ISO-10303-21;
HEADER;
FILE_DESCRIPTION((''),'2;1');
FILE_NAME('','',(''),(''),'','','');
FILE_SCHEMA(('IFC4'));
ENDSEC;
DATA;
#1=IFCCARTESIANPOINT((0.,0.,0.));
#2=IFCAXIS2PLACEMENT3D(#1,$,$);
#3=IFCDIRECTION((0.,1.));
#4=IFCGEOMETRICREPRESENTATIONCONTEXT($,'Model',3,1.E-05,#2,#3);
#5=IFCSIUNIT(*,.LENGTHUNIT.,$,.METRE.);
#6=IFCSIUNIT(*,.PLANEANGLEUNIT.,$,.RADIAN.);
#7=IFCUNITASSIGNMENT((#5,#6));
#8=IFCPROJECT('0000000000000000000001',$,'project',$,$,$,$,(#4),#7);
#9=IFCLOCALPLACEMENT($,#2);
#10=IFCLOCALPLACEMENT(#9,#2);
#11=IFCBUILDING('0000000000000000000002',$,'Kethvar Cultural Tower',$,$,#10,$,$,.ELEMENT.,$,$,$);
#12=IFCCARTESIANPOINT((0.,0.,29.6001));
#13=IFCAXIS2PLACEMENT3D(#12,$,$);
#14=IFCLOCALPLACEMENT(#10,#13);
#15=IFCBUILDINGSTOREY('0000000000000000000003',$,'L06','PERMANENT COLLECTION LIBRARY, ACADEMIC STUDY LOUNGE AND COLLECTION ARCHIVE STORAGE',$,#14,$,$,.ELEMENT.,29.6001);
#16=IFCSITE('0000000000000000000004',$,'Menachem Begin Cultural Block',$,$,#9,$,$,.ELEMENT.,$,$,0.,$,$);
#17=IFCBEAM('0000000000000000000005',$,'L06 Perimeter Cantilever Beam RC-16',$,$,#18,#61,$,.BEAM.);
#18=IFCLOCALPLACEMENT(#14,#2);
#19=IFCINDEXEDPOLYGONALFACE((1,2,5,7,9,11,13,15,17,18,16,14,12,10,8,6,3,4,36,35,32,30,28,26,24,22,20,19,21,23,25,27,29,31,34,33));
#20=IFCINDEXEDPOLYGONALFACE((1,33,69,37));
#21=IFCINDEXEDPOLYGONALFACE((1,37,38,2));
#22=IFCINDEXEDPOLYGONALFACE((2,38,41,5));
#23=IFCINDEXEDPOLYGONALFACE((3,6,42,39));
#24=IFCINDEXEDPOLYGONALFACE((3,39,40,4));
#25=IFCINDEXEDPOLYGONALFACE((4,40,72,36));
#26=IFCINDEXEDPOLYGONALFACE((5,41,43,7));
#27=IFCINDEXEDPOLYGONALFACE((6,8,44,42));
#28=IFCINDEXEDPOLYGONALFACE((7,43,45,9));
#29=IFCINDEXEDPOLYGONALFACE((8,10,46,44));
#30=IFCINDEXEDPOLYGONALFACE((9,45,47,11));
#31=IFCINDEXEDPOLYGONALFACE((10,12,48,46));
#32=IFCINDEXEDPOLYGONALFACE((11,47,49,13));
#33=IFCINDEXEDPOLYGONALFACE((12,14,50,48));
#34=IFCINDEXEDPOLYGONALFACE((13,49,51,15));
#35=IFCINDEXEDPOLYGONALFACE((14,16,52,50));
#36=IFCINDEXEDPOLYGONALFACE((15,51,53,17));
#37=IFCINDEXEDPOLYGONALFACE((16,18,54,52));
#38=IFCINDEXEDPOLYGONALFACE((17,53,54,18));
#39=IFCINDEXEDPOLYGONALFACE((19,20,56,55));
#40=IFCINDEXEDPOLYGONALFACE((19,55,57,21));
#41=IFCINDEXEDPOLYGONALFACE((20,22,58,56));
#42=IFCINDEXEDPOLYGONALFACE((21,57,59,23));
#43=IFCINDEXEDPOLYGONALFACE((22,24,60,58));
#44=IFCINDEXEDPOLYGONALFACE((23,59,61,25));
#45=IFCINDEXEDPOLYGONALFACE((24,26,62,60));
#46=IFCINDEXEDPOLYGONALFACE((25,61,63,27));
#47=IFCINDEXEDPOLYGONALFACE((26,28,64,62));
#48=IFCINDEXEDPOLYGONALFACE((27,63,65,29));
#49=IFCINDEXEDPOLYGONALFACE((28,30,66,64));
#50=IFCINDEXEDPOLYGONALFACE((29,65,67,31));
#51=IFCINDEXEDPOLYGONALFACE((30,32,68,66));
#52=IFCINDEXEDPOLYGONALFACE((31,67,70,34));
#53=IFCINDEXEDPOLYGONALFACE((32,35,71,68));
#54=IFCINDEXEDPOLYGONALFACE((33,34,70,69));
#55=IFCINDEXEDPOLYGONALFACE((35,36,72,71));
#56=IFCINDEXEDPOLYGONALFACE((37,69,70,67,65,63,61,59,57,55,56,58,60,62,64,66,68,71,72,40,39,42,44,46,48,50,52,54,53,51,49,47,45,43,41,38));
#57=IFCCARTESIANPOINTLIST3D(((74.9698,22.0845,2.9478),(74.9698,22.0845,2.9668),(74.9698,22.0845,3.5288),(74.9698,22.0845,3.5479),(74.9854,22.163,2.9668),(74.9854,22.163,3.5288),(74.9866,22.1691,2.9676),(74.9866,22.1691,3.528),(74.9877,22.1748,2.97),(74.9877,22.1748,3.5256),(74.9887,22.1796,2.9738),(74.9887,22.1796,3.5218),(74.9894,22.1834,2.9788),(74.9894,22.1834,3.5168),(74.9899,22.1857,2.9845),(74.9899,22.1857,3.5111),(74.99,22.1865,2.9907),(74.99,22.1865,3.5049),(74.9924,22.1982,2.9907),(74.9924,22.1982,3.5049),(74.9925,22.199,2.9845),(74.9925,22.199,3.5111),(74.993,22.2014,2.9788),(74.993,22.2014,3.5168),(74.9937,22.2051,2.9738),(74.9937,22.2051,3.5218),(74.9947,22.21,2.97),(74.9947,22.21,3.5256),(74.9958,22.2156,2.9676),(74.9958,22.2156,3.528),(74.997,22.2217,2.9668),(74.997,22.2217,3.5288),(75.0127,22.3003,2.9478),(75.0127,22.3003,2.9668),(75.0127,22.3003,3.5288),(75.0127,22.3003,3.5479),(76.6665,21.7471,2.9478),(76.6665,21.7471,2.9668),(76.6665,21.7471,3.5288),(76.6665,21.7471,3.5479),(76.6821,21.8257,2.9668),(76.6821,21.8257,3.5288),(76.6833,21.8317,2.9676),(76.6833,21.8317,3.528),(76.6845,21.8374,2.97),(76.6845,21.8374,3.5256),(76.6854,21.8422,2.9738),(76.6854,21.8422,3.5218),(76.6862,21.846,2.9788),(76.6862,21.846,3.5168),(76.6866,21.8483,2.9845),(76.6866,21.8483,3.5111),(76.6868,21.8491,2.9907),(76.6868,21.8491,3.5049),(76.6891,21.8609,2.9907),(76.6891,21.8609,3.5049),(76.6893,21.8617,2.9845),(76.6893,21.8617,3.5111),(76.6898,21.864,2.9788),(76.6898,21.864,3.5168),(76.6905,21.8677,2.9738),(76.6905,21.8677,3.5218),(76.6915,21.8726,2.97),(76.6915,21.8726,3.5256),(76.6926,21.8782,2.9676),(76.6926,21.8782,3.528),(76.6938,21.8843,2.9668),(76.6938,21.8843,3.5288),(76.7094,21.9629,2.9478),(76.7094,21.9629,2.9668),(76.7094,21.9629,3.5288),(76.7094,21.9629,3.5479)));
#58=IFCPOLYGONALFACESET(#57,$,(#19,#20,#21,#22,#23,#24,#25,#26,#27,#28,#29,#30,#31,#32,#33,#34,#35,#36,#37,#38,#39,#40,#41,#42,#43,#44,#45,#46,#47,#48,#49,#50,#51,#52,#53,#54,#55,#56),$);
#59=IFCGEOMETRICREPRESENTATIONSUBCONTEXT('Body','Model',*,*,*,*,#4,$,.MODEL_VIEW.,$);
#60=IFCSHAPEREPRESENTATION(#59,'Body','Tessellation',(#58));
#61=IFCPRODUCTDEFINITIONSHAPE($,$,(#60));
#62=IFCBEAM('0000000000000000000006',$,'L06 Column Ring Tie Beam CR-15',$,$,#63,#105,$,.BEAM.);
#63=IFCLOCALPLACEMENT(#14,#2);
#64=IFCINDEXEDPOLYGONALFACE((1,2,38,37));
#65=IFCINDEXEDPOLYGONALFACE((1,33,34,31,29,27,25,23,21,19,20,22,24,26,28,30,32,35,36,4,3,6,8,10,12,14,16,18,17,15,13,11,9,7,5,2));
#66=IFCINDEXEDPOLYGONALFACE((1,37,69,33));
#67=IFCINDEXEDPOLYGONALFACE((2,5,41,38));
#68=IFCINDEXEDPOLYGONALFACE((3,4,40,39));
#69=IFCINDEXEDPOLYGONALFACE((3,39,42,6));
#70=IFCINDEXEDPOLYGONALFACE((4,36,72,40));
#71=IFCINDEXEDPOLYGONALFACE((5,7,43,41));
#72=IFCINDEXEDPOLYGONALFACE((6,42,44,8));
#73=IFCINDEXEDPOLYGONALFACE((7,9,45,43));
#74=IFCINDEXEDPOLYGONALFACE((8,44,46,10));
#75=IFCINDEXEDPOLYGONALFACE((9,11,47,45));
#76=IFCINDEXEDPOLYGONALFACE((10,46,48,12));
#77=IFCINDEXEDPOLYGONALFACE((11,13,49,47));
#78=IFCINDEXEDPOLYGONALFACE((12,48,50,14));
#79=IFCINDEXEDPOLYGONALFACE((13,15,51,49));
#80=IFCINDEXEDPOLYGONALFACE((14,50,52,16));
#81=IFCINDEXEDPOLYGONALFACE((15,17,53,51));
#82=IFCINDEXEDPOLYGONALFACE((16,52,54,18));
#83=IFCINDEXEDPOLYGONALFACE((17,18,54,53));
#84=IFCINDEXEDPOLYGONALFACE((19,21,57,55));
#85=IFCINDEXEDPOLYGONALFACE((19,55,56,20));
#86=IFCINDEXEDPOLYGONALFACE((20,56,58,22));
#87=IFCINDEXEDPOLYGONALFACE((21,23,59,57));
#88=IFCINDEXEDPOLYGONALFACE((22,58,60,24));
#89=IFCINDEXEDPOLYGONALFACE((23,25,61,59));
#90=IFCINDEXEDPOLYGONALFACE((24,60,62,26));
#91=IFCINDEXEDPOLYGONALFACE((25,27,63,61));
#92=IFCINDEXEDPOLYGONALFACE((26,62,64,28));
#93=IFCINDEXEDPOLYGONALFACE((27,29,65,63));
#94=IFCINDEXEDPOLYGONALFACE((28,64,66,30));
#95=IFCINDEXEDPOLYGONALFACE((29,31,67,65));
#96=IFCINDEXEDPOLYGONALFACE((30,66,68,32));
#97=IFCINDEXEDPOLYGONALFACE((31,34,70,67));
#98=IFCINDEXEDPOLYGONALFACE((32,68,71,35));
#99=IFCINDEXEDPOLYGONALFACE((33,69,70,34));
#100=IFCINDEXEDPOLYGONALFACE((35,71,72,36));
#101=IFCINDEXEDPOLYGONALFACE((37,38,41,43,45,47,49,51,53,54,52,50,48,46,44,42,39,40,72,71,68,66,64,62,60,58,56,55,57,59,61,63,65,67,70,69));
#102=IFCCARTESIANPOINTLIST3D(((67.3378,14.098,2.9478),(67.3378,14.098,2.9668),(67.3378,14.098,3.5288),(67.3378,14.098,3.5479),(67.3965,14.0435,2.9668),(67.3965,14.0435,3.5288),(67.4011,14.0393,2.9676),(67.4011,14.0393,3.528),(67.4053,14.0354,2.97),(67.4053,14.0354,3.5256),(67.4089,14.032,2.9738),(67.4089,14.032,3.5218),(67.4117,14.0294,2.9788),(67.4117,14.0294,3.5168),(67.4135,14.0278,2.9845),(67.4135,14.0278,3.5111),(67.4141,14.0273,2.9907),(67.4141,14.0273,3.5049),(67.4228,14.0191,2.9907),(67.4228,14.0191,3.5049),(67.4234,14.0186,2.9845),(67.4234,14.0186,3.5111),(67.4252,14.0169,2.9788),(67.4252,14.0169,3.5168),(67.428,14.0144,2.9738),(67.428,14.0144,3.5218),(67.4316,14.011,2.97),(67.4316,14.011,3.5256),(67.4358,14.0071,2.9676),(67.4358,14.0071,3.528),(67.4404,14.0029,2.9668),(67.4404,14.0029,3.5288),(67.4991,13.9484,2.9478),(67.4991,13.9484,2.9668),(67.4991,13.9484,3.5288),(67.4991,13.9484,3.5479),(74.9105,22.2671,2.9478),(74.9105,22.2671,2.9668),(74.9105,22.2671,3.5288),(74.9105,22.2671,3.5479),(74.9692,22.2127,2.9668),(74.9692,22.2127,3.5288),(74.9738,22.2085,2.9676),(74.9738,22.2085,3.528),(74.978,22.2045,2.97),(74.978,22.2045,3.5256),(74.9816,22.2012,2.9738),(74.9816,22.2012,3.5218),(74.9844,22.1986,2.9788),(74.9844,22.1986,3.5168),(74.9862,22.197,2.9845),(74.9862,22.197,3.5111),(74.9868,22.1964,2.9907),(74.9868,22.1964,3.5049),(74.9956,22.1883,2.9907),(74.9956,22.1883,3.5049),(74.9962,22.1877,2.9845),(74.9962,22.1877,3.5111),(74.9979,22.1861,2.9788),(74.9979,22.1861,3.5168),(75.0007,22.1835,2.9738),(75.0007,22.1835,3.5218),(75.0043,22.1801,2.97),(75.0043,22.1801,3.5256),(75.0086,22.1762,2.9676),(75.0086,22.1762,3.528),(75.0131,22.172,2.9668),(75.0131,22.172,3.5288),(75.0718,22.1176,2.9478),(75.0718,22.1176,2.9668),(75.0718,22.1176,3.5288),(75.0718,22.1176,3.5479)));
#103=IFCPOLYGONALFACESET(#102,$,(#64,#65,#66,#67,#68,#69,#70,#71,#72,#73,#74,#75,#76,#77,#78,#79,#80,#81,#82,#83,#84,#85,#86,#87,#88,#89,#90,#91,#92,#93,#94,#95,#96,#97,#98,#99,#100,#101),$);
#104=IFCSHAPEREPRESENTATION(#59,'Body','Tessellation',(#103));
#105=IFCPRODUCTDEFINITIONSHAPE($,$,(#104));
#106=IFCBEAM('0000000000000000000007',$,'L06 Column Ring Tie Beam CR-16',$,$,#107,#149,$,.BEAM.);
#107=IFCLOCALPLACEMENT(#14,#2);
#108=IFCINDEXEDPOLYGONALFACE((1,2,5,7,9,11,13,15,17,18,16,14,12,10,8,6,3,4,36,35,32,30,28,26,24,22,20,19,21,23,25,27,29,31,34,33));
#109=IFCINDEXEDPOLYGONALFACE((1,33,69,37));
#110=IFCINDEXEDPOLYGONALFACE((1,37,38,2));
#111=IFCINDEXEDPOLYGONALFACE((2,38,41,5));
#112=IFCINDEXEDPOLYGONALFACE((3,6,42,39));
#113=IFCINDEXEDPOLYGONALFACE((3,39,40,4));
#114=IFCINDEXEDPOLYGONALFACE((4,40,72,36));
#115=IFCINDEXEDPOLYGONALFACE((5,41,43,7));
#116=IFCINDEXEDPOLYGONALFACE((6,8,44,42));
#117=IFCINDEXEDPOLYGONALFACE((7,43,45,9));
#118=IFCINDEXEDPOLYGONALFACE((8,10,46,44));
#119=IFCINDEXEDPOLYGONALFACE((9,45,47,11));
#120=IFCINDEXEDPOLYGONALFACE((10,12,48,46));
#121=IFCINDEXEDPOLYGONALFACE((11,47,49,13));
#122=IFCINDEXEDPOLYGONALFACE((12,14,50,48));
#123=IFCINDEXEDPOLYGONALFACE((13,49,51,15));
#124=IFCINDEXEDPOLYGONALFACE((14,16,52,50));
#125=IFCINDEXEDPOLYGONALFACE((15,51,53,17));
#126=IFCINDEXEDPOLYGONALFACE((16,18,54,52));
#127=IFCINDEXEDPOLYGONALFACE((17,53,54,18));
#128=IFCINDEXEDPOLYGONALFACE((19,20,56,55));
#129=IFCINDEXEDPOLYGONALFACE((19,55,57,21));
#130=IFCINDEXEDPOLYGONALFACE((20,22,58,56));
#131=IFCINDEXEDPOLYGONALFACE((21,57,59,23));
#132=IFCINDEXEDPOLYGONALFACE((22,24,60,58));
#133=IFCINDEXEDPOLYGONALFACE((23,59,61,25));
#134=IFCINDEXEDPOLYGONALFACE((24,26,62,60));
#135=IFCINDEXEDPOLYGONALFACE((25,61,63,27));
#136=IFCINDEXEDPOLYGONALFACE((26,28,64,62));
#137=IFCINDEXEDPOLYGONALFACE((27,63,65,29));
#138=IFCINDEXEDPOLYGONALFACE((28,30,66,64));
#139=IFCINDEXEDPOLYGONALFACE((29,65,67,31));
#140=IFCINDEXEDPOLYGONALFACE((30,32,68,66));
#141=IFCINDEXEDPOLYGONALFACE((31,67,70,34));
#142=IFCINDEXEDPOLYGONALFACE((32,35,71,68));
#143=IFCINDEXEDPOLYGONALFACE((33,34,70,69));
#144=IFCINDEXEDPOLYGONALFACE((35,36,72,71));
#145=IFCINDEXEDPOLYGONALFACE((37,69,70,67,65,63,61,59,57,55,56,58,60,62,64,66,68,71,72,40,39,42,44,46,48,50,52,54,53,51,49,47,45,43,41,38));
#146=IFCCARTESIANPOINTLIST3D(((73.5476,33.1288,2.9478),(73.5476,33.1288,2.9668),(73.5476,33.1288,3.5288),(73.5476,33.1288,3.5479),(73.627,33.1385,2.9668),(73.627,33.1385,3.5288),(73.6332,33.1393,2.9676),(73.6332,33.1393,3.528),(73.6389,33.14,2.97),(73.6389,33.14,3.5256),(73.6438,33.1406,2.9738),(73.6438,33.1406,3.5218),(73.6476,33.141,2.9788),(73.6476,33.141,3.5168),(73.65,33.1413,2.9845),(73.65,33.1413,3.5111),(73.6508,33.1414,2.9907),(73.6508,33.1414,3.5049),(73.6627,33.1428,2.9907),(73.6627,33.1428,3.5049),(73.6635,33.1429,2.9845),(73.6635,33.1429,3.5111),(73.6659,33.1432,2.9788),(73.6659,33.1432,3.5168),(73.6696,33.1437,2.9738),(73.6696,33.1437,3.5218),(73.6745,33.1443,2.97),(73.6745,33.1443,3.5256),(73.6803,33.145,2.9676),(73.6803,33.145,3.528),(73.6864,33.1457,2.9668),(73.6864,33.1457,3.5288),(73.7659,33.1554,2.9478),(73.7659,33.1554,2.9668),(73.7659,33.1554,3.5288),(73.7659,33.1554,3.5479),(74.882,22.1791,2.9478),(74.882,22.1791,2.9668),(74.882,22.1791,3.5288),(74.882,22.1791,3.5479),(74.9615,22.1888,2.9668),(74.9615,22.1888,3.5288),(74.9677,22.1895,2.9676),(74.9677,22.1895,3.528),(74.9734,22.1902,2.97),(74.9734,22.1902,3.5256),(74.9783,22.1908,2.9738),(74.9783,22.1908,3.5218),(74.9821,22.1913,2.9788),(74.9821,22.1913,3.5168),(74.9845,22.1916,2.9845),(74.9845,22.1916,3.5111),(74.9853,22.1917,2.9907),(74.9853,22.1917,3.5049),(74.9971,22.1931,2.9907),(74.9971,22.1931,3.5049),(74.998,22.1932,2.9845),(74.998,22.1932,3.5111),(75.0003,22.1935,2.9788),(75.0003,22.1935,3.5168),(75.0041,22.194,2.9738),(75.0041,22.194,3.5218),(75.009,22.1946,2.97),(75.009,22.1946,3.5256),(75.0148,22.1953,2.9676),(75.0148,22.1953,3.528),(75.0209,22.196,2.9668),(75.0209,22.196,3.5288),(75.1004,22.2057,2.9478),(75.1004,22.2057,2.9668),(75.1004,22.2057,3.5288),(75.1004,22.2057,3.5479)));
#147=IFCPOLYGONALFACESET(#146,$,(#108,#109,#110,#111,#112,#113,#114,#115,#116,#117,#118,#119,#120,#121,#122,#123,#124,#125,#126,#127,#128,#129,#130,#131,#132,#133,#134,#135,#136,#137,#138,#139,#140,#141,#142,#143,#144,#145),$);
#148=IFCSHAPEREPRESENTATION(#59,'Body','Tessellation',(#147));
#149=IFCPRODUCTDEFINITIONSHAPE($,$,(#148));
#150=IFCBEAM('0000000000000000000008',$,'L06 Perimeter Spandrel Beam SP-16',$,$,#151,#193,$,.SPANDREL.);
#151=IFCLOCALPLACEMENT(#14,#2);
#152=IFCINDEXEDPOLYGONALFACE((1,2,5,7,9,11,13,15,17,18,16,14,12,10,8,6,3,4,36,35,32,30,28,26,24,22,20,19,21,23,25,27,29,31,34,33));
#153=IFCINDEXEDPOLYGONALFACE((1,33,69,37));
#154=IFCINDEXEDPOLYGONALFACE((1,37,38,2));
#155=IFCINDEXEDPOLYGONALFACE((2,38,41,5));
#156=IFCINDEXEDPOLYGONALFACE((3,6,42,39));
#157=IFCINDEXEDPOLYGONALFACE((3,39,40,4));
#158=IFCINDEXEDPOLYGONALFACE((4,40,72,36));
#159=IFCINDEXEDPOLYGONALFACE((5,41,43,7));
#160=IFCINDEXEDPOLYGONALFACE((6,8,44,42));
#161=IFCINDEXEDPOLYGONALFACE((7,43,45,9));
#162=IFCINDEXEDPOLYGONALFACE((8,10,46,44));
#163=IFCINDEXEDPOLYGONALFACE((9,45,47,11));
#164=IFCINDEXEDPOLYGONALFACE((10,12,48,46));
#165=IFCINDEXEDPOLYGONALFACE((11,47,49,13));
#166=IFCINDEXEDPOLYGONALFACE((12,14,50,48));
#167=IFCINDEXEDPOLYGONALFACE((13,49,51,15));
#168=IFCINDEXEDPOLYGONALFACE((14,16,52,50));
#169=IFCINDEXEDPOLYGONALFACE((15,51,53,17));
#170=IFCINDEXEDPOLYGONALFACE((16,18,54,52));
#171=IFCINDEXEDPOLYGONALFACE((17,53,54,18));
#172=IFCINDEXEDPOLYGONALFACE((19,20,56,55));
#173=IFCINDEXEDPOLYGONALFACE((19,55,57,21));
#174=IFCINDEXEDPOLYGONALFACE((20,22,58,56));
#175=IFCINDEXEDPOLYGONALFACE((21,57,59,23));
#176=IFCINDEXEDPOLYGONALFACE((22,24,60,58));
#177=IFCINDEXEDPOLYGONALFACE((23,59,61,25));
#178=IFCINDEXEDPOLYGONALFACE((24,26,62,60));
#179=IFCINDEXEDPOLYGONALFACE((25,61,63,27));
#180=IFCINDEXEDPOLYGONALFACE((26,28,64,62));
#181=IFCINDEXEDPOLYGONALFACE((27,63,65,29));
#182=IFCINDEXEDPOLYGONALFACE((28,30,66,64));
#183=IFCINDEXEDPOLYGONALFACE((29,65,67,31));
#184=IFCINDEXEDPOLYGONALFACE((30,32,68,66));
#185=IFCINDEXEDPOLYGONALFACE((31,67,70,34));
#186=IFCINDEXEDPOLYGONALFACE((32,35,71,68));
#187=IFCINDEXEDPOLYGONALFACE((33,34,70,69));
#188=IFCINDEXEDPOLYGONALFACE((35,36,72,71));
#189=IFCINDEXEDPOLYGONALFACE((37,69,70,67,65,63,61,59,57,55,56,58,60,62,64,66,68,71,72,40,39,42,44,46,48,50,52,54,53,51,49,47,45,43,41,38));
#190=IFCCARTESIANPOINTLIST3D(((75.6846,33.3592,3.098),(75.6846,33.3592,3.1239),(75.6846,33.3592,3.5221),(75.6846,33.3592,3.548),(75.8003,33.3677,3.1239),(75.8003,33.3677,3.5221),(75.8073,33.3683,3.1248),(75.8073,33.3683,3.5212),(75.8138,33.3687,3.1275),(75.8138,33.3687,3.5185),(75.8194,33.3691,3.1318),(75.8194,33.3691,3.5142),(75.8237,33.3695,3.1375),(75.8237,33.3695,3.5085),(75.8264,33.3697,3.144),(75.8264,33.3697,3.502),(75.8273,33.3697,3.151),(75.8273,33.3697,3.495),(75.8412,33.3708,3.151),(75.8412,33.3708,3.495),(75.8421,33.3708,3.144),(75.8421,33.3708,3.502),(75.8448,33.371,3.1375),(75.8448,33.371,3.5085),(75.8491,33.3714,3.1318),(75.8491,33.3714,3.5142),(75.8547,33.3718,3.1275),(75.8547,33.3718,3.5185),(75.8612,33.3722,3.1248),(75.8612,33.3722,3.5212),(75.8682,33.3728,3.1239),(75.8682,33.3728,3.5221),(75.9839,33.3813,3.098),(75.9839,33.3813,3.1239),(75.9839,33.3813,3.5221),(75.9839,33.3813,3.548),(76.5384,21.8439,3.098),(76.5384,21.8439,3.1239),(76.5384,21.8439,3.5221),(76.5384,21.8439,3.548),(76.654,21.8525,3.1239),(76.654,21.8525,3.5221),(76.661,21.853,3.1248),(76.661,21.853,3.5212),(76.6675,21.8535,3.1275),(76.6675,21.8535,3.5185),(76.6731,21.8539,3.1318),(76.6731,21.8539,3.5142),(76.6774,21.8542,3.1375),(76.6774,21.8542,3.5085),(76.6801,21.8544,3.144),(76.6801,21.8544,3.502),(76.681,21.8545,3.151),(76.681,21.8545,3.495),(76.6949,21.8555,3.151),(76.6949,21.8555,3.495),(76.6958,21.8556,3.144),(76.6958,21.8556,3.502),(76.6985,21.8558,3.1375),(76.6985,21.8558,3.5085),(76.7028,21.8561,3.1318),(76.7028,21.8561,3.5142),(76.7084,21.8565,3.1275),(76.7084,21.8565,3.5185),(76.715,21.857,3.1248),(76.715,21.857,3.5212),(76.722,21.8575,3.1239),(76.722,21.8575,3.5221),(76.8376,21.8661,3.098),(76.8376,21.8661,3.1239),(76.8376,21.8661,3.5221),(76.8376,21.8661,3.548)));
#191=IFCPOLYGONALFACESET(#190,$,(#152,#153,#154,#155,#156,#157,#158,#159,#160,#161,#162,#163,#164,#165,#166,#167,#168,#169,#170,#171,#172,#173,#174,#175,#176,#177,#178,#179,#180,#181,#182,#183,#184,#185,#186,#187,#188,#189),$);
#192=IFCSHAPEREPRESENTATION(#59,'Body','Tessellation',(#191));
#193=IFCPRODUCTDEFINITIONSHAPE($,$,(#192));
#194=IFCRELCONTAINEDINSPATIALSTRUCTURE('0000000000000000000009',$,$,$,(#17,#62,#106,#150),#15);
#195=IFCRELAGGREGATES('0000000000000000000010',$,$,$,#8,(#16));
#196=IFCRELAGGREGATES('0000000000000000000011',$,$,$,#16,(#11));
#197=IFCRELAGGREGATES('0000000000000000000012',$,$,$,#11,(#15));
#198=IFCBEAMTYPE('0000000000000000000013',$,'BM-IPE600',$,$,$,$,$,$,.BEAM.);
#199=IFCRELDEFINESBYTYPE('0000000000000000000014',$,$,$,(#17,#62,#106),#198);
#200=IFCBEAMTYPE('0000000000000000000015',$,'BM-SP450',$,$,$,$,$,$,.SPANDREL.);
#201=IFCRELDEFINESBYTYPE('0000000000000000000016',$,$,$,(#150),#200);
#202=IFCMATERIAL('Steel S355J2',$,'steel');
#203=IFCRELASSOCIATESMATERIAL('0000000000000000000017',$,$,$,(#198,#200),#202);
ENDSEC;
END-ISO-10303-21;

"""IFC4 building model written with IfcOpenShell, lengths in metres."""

from ifc_helpers import new_model, si_unit, direction, frame, origin, origin_2d, place, context, subcontext, project, spatial, i_section, extrude, source, transform, mapped, material, material_profile, profile_set, type_object, element, save


model = new_model("IFC4")

# Units and contexts
model_context = context("Model", 3, precision=1e-05, world=origin(), true_north=direction((0.0, 1.0)))
body_context = subcontext(model_context, "Body", "Model", "MODEL_VIEW")
ifc_project = project(units=[si_unit("LENGTHUNIT", "METRE"), si_unit("PLANEANGLEUNIT", "RADIAN")], contexts=[model_context])

# Site, building, storey
site_placement = place(None, origin())
site = spatial("IfcSite", under=ifc_project, at=site_placement, Name="Menachem Begin Cultural Block", CompositionType="ELEMENT", RefElevation=0.0)
building_placement = place(site_placement, origin())
building = spatial("IfcBuilding", under=site, at=building_placement, Name="Kethvar Cultural Tower", CompositionType="ELEMENT")
storey_placement = place(building_placement, frame((0.0, 0.0, 29.6001)))
storey = spatial("IfcBuildingStorey", under=building, at=storey_placement, Name="L06", Description="PERMANENT COLLECTION LIBRARY, ACADEMIC STUDY LOUNGE AND COLLECTION ARCHIVE STORAGE", CompositionType="ELEMENT", Elevation=29.6001)

# Beams
ifc_material_1 = material(Name="Steel S355J2", Category="steel")
ifc_material_profile_1 = material_profile(ifc_material_1, i_section(OverallWidth=0.22, OverallDepth=0.6001, WebThickness=0.012, FlangeThickness=0.019, FilletRadius=0.0239, at=origin_2d()), Name="Steel S355J2 — IPE600")
ifc_profile_set_1 = profile_set([ifc_material_profile_1], Name="Steel S355J2 — IPE600")
beam_type_1 = type_object("IfcBeamType", Name="BM-IPE600", PredefinedType="BEAM", material=ifc_profile_set_1)
shared_shape_1 = source(origin(), body_context, "Body", "SweptSolid", [
    extrude(i_section(OverallWidth=0.22, OverallDepth=0.6001, WebThickness=0.012, FlangeThickness=0.019, FilletRadius=0.0239, at=origin_2d()), origin(), (0.0, 0.0, 1.0), 1.73),
])
beam_1_placement = place(storey_placement, frame((74.9912, 22.1924, 3.2478), z_axis=(0.980797, -0.19503, 0.0), x_axis=(0.19503, 0.980797, 0.0)))
element("IfcBeam", 1, at=beam_1_placement, inside=storey, type_object=beam_type_1, Name="L06 Perimeter Cantilever Beam RC-16", PredefinedType="BEAM", context=body_context, shape_type="MappedRepresentation", body=[
    mapped(shared_shape_1, transform((0.0, 0.0, 0.0), scale=1.0)),
])
shared_shape_2 = source(origin(), body_context, "Body", "SweptSolid", [
    extrude(i_section(OverallWidth=0.22, OverallDepth=0.6001, WebThickness=0.012, FlangeThickness=0.019, FilletRadius=0.0239, at=origin_2d()), origin(), (0.0, 0.0, 1.0), 11.1392),
])
beam_2_placement = place(storey_placement, frame((67.4185, 14.0232, 3.2478), z_axis=(0.679828, 0.733372, 0.0), x_axis=(-0.733372, 0.679828, 0.0)))
element("IfcBeam", 2, at=beam_2_placement, inside=storey, type_object=beam_type_1, Name="L06 Column Ring Tie Beam CR-15", PredefinedType="BEAM", context=body_context, shape_type="MappedRepresentation", body=[
    mapped(shared_shape_2, transform((0.0, 0.0, 0.0), scale=1.0)),
])
shared_shape_3 = source(origin(), body_context, "Body", "SweptSolid", [
    extrude(i_section(OverallWidth=0.22, OverallDepth=0.6001, WebThickness=0.012, FlangeThickness=0.019, FilletRadius=0.0239, at=origin_2d()), origin(), (0.0, 0.0, 1.0), 11.0308),
])
beam_3_placement = place(storey_placement, frame((74.9912, 22.1924, 3.2478), z_axis=(-0.120978, 0.992655, 0.0), x_axis=(-0.992655, -0.120978, 0.0)))
element("IfcBeam", 3, at=beam_3_placement, inside=storey, type_object=beam_type_1, Name="L06 Column Ring Tie Beam CR-16", PredefinedType="BEAM", context=body_context, shape_type="MappedRepresentation", body=[
    mapped(shared_shape_3, transform((0.0, 0.0, 0.0), scale=1.0)),
])
ifc_material_profile_2 = material_profile(ifc_material_1, i_section(OverallWidth=0.3, OverallDepth=0.45, WebThickness=0.0139, FlangeThickness=0.0259, FilletRadius=0.0271, at=origin_2d()), Name="Steel S355J2 — HEB450")
ifc_profile_set_2 = profile_set([ifc_material_profile_2], Name="Steel S355J2 — HEB450")
beam_type_2 = type_object("IfcBeamType", Name="BM-SP450", PredefinedType="SPANDREL", material=ifc_profile_set_2)
shared_shape_4 = source(origin(), body_context, "Body", "SweptSolid", [
    extrude(i_section(OverallWidth=0.3, OverallDepth=0.45, WebThickness=0.0139, FlangeThickness=0.0259, FilletRadius=0.0271, at=origin_2d()), origin(), (0.0, 0.0, 1.0), 11.5469),
])
beam_4_placement = place(storey_placement, frame((76.688, 21.855, 3.323), z_axis=(-0.073938, 0.997263, 0.0), x_axis=(-0.997263, -0.073938, 0.0)))
element("IfcBeam", 4, at=beam_4_placement, inside=storey, type_object=beam_type_2, Name="L06 Perimeter Spandrel Beam SP-16", PredefinedType="SPANDREL", context=body_context, shape_type="MappedRepresentation", body=[
    mapped(shared_shape_4, transform((0.0, 0.0, 0.0), scale=1.0)),
])

save(model, "model.ifc")
